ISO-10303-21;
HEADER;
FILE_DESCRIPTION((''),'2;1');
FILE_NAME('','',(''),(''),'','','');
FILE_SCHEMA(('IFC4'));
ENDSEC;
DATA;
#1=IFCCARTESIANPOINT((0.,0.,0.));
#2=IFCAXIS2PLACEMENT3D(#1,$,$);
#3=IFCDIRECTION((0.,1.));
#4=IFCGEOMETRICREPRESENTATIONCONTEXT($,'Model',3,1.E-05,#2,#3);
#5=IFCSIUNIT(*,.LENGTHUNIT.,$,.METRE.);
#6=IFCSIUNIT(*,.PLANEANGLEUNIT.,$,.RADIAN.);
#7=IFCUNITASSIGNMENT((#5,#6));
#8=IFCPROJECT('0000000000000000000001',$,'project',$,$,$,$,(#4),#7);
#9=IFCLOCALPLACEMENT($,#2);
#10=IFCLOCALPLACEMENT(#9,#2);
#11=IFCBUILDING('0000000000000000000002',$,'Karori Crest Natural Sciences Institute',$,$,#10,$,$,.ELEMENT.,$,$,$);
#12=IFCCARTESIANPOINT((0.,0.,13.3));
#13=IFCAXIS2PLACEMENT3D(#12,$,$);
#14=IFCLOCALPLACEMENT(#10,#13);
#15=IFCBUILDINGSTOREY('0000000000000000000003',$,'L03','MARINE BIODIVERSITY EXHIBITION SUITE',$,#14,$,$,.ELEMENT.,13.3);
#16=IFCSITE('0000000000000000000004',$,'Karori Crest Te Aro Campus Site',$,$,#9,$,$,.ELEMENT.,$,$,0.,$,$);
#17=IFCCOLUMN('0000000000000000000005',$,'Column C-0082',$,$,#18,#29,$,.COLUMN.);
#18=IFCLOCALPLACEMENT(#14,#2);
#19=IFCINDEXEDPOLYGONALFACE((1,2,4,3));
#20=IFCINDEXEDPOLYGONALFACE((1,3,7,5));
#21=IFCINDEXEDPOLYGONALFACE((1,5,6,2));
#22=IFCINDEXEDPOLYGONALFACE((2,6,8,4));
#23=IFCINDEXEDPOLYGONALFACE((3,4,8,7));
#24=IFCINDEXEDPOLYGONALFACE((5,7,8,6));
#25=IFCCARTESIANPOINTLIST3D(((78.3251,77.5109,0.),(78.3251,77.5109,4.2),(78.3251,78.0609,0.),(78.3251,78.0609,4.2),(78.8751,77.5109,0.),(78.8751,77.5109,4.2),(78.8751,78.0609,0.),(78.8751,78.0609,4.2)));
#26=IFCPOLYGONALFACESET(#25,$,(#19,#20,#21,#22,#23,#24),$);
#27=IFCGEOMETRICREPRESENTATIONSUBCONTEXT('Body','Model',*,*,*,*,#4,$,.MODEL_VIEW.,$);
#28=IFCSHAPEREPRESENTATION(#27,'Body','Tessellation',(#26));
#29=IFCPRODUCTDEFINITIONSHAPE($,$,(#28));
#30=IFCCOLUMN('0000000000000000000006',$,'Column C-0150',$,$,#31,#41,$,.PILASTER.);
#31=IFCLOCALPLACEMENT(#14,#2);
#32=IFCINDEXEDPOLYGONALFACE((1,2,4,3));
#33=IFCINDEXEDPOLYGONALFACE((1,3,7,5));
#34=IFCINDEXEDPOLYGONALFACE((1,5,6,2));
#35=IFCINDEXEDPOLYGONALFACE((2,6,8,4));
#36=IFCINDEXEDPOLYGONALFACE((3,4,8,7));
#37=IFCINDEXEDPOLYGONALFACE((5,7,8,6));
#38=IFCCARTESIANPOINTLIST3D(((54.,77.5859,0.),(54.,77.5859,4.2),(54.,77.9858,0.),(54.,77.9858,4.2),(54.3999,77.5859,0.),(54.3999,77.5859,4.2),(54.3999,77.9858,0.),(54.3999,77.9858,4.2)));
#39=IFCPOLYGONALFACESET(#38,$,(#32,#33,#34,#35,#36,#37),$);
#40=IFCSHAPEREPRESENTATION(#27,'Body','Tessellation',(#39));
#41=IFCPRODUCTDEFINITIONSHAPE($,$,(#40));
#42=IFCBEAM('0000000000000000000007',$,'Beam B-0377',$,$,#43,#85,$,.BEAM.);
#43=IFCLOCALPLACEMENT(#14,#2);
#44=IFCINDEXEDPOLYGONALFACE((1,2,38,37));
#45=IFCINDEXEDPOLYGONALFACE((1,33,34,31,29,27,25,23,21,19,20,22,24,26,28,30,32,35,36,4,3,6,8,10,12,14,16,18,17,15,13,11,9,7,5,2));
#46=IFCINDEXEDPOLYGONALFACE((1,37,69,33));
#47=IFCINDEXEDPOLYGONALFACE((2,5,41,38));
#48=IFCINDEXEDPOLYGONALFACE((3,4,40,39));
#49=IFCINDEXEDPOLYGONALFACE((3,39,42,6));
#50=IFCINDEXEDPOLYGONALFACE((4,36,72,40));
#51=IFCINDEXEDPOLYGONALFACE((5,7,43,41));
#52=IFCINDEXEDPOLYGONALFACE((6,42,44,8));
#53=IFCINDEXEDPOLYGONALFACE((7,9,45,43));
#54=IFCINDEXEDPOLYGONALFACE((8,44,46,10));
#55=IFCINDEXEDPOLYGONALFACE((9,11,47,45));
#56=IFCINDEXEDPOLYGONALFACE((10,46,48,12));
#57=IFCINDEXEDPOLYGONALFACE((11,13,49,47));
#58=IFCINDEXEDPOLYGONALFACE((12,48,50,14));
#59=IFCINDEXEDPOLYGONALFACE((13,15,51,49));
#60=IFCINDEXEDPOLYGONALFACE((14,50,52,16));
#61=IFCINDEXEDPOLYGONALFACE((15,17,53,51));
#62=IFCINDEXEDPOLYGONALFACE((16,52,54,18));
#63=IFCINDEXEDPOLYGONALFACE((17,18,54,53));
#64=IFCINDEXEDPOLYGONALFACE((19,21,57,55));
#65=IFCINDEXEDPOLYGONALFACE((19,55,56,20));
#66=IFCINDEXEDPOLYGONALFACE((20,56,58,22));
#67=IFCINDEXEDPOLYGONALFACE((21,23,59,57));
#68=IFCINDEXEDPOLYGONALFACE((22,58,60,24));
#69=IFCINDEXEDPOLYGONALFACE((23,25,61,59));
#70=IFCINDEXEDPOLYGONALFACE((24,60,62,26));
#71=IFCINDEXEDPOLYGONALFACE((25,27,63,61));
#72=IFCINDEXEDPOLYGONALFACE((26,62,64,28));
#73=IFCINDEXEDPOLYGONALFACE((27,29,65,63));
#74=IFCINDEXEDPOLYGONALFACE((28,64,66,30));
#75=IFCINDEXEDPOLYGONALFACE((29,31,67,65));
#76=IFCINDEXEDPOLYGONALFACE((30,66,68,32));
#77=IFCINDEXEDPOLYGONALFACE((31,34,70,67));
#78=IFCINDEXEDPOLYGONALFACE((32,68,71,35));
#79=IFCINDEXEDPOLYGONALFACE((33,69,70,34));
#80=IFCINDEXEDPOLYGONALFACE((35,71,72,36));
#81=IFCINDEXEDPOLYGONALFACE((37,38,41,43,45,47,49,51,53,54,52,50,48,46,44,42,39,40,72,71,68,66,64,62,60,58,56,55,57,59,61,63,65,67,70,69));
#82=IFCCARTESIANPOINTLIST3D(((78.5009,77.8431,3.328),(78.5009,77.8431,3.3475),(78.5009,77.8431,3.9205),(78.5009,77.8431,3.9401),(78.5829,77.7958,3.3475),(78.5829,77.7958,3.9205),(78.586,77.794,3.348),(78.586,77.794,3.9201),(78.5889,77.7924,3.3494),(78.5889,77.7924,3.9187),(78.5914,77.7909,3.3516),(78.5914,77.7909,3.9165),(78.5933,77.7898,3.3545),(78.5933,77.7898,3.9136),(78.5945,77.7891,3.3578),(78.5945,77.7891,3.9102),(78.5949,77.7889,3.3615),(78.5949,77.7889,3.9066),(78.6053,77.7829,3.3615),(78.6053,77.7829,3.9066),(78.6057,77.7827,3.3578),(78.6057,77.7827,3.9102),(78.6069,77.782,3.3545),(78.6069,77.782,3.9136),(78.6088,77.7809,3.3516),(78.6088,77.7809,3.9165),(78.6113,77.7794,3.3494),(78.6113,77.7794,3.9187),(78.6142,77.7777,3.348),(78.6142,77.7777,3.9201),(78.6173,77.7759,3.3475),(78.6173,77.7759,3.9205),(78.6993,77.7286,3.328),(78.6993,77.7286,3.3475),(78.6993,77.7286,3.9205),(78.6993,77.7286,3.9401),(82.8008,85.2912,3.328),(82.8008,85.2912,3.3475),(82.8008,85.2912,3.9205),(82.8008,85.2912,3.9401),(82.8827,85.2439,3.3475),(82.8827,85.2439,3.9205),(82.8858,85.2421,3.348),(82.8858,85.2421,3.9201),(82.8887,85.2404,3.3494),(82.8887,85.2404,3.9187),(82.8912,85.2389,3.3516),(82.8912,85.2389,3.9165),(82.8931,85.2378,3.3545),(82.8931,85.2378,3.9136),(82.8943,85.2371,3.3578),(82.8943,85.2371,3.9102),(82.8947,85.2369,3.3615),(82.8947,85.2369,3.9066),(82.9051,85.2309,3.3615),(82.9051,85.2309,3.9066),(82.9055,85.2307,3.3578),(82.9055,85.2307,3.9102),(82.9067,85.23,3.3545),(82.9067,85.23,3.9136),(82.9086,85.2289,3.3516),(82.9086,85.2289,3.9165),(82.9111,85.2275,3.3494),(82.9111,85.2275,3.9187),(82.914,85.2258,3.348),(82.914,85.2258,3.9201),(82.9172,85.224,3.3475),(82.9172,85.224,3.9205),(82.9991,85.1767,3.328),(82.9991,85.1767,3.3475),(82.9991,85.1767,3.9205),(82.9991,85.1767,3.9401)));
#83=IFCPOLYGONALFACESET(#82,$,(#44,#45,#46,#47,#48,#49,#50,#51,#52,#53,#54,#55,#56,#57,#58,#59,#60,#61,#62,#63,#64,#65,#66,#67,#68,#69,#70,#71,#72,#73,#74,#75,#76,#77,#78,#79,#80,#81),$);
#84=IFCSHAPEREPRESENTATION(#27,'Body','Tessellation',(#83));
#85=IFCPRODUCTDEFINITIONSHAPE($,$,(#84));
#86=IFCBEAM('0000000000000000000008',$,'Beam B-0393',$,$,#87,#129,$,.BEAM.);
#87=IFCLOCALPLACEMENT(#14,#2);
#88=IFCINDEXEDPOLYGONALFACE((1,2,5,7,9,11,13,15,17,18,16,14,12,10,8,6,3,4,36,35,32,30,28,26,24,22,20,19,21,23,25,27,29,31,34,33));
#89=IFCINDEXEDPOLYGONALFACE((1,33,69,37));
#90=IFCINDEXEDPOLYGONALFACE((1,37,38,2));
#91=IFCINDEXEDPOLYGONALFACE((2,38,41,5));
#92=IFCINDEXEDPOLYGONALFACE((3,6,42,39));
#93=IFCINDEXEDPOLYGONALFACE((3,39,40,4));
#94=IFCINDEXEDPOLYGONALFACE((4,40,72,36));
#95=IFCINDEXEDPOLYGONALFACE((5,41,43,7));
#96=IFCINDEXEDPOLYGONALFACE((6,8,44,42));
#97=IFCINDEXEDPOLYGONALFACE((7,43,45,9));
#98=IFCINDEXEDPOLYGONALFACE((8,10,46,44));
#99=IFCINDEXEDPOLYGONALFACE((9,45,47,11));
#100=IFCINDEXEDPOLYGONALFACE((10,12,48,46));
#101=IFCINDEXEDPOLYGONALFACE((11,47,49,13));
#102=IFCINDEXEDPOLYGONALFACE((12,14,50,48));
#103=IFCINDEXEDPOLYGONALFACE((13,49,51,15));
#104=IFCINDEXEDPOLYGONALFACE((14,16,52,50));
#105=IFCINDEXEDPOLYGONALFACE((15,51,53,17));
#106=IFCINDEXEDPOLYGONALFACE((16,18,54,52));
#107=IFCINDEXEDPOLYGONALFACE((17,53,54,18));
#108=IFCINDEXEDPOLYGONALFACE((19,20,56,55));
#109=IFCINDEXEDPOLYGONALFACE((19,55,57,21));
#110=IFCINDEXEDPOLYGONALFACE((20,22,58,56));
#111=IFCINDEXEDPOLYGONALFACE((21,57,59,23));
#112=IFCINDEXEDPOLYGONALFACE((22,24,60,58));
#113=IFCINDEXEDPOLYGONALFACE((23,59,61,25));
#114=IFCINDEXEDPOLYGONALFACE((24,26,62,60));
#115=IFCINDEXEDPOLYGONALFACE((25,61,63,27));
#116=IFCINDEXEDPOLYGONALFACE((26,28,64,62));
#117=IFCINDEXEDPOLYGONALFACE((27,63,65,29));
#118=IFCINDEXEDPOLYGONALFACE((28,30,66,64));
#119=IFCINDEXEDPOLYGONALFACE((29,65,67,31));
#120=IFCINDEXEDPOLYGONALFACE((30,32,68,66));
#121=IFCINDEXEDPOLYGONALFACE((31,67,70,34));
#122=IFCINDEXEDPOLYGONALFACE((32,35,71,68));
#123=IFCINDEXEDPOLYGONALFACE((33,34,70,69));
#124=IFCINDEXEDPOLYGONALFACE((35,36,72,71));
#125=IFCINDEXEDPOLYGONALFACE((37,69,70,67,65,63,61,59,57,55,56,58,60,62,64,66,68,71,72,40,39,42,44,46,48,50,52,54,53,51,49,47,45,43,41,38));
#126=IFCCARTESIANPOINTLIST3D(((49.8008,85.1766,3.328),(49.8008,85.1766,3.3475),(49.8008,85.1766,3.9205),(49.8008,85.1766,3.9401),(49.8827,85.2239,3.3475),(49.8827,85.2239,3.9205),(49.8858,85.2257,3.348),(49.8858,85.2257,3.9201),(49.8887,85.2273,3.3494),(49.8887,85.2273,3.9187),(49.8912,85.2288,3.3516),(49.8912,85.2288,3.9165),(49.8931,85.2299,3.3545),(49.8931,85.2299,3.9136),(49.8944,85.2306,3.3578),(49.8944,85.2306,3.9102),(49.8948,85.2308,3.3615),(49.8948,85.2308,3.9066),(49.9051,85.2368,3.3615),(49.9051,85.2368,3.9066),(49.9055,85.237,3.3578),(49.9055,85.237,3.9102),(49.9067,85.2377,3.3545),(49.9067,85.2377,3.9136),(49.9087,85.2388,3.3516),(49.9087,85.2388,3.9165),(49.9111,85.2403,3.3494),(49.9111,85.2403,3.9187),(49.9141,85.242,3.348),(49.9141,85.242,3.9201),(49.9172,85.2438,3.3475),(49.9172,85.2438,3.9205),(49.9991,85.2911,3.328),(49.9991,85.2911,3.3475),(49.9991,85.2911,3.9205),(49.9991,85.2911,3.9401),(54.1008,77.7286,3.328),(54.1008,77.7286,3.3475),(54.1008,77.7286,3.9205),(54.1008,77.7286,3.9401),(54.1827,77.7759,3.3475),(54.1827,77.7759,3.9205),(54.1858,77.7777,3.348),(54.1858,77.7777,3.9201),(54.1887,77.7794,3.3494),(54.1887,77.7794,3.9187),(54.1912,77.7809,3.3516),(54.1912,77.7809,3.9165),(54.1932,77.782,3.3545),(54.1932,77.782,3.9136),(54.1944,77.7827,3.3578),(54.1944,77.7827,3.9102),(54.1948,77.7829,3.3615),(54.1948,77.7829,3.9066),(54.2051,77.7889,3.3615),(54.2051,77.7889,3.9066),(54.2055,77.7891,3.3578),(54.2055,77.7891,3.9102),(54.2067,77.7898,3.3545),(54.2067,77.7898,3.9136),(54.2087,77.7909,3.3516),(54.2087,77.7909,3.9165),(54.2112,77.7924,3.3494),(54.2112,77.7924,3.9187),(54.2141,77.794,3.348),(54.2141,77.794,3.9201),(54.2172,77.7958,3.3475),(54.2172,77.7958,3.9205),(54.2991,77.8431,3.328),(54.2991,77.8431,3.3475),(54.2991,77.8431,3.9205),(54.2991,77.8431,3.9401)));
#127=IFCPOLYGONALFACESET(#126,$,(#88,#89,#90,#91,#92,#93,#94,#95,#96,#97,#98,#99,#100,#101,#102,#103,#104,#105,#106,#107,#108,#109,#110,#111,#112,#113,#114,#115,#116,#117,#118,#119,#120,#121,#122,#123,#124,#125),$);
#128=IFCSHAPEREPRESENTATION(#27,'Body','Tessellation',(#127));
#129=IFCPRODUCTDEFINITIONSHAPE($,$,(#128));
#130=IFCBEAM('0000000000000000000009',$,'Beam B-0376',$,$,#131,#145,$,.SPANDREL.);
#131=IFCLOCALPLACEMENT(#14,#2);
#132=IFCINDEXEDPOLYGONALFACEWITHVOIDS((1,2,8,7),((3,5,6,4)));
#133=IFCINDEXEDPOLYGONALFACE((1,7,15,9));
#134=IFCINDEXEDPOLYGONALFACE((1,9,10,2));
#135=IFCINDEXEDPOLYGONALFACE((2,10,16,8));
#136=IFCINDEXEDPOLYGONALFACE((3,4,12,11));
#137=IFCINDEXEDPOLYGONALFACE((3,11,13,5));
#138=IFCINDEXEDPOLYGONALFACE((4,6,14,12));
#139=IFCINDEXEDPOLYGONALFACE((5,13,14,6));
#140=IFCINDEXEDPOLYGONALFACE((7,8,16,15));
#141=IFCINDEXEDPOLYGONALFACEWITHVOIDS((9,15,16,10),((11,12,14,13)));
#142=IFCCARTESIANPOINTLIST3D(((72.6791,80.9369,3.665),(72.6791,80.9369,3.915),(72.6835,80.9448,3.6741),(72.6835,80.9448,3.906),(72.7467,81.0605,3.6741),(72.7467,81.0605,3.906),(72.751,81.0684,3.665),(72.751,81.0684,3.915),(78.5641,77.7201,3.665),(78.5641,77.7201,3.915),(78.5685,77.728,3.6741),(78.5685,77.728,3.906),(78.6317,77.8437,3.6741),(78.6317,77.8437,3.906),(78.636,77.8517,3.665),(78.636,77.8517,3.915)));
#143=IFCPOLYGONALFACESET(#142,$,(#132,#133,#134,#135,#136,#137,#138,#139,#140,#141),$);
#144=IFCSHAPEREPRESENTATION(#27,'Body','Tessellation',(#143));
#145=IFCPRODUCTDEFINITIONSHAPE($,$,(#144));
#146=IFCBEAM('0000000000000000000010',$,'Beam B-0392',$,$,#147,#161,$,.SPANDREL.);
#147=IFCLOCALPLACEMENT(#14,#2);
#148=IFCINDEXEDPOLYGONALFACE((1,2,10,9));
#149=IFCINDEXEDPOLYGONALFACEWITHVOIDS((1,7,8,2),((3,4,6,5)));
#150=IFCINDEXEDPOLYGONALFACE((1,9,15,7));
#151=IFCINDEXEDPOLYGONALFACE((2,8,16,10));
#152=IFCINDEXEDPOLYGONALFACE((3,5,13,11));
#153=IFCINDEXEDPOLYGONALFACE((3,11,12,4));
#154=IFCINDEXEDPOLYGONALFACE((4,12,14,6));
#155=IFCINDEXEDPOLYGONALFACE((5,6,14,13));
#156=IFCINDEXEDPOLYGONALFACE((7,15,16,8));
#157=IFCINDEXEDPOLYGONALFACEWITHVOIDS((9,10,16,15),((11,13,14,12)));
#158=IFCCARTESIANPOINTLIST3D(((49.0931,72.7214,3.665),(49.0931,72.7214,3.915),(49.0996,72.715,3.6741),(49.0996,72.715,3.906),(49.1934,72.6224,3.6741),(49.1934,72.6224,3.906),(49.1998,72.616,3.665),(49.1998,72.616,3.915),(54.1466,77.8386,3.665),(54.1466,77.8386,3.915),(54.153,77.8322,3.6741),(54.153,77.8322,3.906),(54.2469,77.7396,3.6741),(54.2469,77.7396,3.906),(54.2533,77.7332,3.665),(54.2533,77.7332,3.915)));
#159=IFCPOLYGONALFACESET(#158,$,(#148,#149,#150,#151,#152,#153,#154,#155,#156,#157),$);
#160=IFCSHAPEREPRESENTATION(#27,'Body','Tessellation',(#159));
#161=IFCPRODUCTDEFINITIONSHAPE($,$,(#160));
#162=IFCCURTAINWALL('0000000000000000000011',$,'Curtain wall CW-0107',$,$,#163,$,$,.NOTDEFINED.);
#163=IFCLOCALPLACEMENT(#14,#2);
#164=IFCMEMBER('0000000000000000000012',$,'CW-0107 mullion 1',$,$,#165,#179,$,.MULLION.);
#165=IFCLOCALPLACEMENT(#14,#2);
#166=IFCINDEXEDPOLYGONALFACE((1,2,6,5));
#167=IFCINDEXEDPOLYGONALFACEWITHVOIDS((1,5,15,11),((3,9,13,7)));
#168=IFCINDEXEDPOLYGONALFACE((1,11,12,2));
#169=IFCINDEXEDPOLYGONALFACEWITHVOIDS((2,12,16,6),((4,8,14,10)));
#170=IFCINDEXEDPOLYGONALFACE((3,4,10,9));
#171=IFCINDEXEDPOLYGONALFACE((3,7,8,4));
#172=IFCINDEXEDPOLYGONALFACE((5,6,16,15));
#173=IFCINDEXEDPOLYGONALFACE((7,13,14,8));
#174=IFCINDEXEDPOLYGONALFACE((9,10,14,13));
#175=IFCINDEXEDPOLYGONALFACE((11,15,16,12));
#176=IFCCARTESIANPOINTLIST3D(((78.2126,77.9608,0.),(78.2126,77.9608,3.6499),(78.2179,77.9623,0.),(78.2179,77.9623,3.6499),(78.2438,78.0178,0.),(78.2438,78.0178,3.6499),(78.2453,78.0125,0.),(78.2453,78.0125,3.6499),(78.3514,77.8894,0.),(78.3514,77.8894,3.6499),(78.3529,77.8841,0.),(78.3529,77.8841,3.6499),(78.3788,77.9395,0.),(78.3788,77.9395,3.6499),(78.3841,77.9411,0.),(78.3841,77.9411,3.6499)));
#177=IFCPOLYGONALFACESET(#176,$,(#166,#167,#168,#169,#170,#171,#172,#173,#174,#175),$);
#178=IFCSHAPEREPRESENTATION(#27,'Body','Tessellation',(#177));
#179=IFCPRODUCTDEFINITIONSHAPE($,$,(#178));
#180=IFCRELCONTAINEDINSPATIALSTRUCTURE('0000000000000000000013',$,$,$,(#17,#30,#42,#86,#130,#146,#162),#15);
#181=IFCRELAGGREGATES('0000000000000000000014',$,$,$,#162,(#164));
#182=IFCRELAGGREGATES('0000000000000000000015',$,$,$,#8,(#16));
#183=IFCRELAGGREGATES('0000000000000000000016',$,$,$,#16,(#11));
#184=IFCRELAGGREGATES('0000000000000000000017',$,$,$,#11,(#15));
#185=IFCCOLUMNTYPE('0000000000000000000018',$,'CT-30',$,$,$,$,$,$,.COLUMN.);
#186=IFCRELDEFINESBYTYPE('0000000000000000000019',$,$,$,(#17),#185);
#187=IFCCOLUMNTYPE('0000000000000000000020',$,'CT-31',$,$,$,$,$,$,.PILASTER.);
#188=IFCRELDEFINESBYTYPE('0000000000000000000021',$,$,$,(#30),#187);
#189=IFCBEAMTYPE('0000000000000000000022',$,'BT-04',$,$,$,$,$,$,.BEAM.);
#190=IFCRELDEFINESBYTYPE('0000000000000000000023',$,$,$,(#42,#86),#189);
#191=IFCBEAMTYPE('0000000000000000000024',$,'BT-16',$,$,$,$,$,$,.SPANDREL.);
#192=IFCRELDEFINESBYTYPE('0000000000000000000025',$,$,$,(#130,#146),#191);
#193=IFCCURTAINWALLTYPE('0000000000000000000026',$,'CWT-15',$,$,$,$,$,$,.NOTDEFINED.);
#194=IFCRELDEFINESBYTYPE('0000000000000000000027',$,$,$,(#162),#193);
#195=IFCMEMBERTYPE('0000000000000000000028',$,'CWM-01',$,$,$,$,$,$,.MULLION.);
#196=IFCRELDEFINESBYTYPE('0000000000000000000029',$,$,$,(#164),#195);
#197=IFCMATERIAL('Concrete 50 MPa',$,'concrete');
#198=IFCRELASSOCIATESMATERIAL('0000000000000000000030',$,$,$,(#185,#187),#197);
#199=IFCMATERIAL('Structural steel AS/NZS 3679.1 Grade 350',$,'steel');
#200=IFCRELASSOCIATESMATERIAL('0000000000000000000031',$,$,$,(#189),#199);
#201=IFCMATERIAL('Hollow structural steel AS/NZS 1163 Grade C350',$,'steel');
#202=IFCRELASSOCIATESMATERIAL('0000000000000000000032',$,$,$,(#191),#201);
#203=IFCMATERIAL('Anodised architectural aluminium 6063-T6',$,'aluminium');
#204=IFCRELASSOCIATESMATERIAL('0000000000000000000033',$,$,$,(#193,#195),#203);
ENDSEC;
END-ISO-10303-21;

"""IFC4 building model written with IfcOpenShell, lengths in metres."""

from ifc_helpers import new_model, si_unit, direction, frame, origin, origin_2d, place, context, subcontext, project, spatial, rectangle, hollow_rectangle, i_section, extrude, material, material_profile, profile_set, type_object, element, aggregate, save


model = new_model("IFC4")

# Units and contexts
model_context = context("Model", 3, precision=1e-05, world=origin(), true_north=direction((0.0, 1.0)))
body_context = subcontext(model_context, "Body", "Model", "MODEL_VIEW")
ifc_project = project(units=[si_unit("LENGTHUNIT", "METRE"), si_unit("PLANEANGLEUNIT", "RADIAN")], contexts=[model_context])

# Site, building, storey
site_placement = place(None, origin())
site = spatial("IfcSite", under=ifc_project, at=site_placement, Name="Karori Crest Te Aro Campus Site", CompositionType="ELEMENT", RefElevation=0.0)
building_placement = place(site_placement, origin())
building = spatial("IfcBuilding", under=site, at=building_placement, Name="Karori Crest Natural Sciences Institute", CompositionType="ELEMENT")
storey_placement = place(building_placement, frame((0.0, 0.0, 13.3)))
storey = spatial("IfcBuildingStorey", under=building, at=storey_placement, Name="L03", Description="MARINE BIODIVERSITY EXHIBITION SUITE", CompositionType="ELEMENT", Elevation=13.3)

# Columns
ifc_material_1 = material(Name="Concrete 50 MPa", Category="concrete")
ifc_material_profile_1 = material_profile(ifc_material_1, rectangle(XDim=0.55, YDim=0.55, at=origin_2d()), Name="RC550x550")
ifc_profile_set_1 = profile_set([ifc_material_profile_1], Name="Concrete 50 MPa")
column_type_1 = type_object("IfcColumnType", Name="CT-30", PredefinedType="COLUMN", material=ifc_profile_set_1)
column_1_placement = place(storey_placement, frame((78.6001, 77.7859, 0.0), z_axis=(0.0, 0.0, 1.0), x_axis=(1.0, 0.0, 0.0)))
element("IfcColumn", 1, at=column_1_placement, inside=storey, type_object=column_type_1, Name="Column C-0082", PredefinedType="COLUMN", context=body_context, shape_type="SweptSolid", body=[
    extrude(rectangle(XDim=0.55, YDim=0.55, at=origin_2d()), origin(), (0.0, 0.0, 1.0), 4.2),
])
ifc_material_profile_2 = material_profile(ifc_material_1, rectangle(XDim=0.3999, YDim=0.3999, at=origin_2d()), Name="RC400x400")
ifc_profile_set_2 = profile_set([ifc_material_profile_2], Name="Concrete 50 MPa")
column_type_2 = type_object("IfcColumnType", Name="CT-31", PredefinedType="PILASTER", material=ifc_profile_set_2)
column_2_placement = place(storey_placement, frame((54.2, 77.7859, 0.0), z_axis=(0.0, 0.0, 1.0), x_axis=(1.0, 0.0, 0.0)))
element("IfcColumn", 2, at=column_2_placement, inside=storey, type_object=column_type_2, Name="Column C-0150", PredefinedType="PILASTER", context=body_context, shape_type="SweptSolid", body=[
    extrude(rectangle(XDim=0.3999, YDim=0.3999, at=origin_2d()), origin(), (0.0, 0.0, 1.0), 4.2),
])

# Beams
ifc_material_2 = material(Name="Structural steel AS/NZS 3679.1 Grade 350", Category="steel")
ifc_material_profile_3 = material_profile(ifc_material_2, i_section(OverallWidth=0.229, OverallDepth=0.6121, WebThickness=0.012, FlangeThickness=0.0195, FilletRadius=0.0139, at=origin_2d()), Name="610UB125")
ifc_profile_set_3 = profile_set([ifc_material_profile_3], Name="Structural steel AS/NZS 3679.1 Grade 350")
beam_type_1 = type_object("IfcBeamType", Name="BT-04", PredefinedType="BEAM", material=ifc_profile_set_3)
for number, where, z_axis, x_axis, name in (
    (3, (78.6001, 77.7859, 3.634), (0.499974, 0.86604, 0.0), (-0.86604, 0.499974, 0.0), "Beam B-0377"),
    (4, (54.2, 77.7859, 3.634), (-0.499995, 0.866028, 0.0), (-0.866028, -0.499995, 0.0), "Beam B-0393"),
):
    element("IfcBeam", number, at=place(storey_placement, frame(where, z_axis=z_axis, x_axis=x_axis)), inside=storey, type_object=beam_type_1, Name=name, PredefinedType="BEAM", context=body_context, shape_type="SweptSolid", body=[
        extrude(i_section(OverallWidth=0.229, OverallDepth=0.6121, WebThickness=0.012, FlangeThickness=0.0195, FilletRadius=0.0139, at=origin_2d()), origin(), (0.0, 0.0, 1.0), 8.6001),
    ])
ifc_material_3 = material(Name="Hollow structural steel AS/NZS 1163 Grade C350", Category="steel")
ifc_material_profile_4 = material_profile(ifc_material_3, hollow_rectangle(XDim=0.1499, YDim=0.25, WallThickness=0.009, at=origin_2d()), Name="RHS250x150x9")
ifc_profile_set_4 = profile_set([ifc_material_profile_4], Name="Hollow structural steel AS/NZS 1163 Grade C350")
beam_type_2 = type_object("IfcBeamType", Name="BT-16", PredefinedType="SPANDREL", material=ifc_profile_set_4)
beam_1_placement = place(storey_placement, frame((78.6001, 77.7859, 3.79), z_axis=(-0.87747, 0.479632, 0.0), x_axis=(-0.479632, -0.87747, 0.0)))
element("IfcBeam", 5, at=beam_1_placement, inside=storey, type_object=beam_type_2, Name="Beam B-0376", PredefinedType="SPANDREL", context=body_context, shape_type="SweptSolid", body=[
    extrude(hollow_rectangle(XDim=0.1499, YDim=0.25, WallThickness=0.009, at=origin_2d()), origin(), (0.0, 0.0, 1.0), 6.7068),
])
beam_2_placement = place(storey_placement, frame((54.2, 77.7859, 3.79), z_axis=(-0.702663, -0.711523, 0.0), x_axis=(0.711523, -0.702663, 0.0)))
element("IfcBeam", 6, at=beam_2_placement, inside=storey, type_object=beam_type_2, Name="Beam B-0392", PredefinedType="SPANDREL", context=body_context, shape_type="SweptSolid", body=[
    extrude(hollow_rectangle(XDim=0.1499, YDim=0.25, WallThickness=0.009, at=origin_2d()), origin(), (0.0, 0.0, 1.0), 7.1919),
])

# Curtain wall, member
ifc_material_4 = material(Name="Anodised architectural aluminium 6063-T6", Category="aluminium")
curtain_wall_type_1 = type_object("IfcCurtainWallType", Name="CWT-15", PredefinedType="NOTDEFINED", material=ifc_material_4)
curtain_wall_1_placement = place(storey_placement, origin())
curtain_wall_1 = element("IfcCurtainWall", 7, at=curtain_wall_1_placement, inside=storey, type_object=curtain_wall_type_1, Name="Curtain wall CW-0107", PredefinedType="NOTDEFINED")
ifc_material_profile_5 = material_profile(ifc_material_4, hollow_rectangle(XDim=0.0649, YDim=0.1599, WallThickness=0.0039, at=origin_2d()), Name="CWM160x65x4")
ifc_profile_set_5 = profile_set([ifc_material_profile_5], Name="Anodised architectural aluminium 6063-T6")
member_type_1 = type_object("IfcMemberType", Name="CWM-01", PredefinedType="MULLION", material=ifc_profile_set_5)
member_1_placement = place(storey_placement, frame((78.2983, 77.9509, 0.0), z_axis=(0.0, 0.0, 1.0), x_axis=(-0.479631, -0.87747, 0.0)))
member_1 = element("IfcMember", 8, at=member_1_placement, type_object=member_type_1, Name="CW-0107 mullion 1", PredefinedType="MULLION", context=body_context, shape_type="SweptSolid", body=[
    extrude(hollow_rectangle(XDim=0.0649, YDim=0.1599, WallThickness=0.0039, at=origin_2d()), origin(), (0.0, 0.0, 1.0), 3.6499),
])

aggregate(curtain_wall_1, [member_1])

save(model, "model.ifc")
